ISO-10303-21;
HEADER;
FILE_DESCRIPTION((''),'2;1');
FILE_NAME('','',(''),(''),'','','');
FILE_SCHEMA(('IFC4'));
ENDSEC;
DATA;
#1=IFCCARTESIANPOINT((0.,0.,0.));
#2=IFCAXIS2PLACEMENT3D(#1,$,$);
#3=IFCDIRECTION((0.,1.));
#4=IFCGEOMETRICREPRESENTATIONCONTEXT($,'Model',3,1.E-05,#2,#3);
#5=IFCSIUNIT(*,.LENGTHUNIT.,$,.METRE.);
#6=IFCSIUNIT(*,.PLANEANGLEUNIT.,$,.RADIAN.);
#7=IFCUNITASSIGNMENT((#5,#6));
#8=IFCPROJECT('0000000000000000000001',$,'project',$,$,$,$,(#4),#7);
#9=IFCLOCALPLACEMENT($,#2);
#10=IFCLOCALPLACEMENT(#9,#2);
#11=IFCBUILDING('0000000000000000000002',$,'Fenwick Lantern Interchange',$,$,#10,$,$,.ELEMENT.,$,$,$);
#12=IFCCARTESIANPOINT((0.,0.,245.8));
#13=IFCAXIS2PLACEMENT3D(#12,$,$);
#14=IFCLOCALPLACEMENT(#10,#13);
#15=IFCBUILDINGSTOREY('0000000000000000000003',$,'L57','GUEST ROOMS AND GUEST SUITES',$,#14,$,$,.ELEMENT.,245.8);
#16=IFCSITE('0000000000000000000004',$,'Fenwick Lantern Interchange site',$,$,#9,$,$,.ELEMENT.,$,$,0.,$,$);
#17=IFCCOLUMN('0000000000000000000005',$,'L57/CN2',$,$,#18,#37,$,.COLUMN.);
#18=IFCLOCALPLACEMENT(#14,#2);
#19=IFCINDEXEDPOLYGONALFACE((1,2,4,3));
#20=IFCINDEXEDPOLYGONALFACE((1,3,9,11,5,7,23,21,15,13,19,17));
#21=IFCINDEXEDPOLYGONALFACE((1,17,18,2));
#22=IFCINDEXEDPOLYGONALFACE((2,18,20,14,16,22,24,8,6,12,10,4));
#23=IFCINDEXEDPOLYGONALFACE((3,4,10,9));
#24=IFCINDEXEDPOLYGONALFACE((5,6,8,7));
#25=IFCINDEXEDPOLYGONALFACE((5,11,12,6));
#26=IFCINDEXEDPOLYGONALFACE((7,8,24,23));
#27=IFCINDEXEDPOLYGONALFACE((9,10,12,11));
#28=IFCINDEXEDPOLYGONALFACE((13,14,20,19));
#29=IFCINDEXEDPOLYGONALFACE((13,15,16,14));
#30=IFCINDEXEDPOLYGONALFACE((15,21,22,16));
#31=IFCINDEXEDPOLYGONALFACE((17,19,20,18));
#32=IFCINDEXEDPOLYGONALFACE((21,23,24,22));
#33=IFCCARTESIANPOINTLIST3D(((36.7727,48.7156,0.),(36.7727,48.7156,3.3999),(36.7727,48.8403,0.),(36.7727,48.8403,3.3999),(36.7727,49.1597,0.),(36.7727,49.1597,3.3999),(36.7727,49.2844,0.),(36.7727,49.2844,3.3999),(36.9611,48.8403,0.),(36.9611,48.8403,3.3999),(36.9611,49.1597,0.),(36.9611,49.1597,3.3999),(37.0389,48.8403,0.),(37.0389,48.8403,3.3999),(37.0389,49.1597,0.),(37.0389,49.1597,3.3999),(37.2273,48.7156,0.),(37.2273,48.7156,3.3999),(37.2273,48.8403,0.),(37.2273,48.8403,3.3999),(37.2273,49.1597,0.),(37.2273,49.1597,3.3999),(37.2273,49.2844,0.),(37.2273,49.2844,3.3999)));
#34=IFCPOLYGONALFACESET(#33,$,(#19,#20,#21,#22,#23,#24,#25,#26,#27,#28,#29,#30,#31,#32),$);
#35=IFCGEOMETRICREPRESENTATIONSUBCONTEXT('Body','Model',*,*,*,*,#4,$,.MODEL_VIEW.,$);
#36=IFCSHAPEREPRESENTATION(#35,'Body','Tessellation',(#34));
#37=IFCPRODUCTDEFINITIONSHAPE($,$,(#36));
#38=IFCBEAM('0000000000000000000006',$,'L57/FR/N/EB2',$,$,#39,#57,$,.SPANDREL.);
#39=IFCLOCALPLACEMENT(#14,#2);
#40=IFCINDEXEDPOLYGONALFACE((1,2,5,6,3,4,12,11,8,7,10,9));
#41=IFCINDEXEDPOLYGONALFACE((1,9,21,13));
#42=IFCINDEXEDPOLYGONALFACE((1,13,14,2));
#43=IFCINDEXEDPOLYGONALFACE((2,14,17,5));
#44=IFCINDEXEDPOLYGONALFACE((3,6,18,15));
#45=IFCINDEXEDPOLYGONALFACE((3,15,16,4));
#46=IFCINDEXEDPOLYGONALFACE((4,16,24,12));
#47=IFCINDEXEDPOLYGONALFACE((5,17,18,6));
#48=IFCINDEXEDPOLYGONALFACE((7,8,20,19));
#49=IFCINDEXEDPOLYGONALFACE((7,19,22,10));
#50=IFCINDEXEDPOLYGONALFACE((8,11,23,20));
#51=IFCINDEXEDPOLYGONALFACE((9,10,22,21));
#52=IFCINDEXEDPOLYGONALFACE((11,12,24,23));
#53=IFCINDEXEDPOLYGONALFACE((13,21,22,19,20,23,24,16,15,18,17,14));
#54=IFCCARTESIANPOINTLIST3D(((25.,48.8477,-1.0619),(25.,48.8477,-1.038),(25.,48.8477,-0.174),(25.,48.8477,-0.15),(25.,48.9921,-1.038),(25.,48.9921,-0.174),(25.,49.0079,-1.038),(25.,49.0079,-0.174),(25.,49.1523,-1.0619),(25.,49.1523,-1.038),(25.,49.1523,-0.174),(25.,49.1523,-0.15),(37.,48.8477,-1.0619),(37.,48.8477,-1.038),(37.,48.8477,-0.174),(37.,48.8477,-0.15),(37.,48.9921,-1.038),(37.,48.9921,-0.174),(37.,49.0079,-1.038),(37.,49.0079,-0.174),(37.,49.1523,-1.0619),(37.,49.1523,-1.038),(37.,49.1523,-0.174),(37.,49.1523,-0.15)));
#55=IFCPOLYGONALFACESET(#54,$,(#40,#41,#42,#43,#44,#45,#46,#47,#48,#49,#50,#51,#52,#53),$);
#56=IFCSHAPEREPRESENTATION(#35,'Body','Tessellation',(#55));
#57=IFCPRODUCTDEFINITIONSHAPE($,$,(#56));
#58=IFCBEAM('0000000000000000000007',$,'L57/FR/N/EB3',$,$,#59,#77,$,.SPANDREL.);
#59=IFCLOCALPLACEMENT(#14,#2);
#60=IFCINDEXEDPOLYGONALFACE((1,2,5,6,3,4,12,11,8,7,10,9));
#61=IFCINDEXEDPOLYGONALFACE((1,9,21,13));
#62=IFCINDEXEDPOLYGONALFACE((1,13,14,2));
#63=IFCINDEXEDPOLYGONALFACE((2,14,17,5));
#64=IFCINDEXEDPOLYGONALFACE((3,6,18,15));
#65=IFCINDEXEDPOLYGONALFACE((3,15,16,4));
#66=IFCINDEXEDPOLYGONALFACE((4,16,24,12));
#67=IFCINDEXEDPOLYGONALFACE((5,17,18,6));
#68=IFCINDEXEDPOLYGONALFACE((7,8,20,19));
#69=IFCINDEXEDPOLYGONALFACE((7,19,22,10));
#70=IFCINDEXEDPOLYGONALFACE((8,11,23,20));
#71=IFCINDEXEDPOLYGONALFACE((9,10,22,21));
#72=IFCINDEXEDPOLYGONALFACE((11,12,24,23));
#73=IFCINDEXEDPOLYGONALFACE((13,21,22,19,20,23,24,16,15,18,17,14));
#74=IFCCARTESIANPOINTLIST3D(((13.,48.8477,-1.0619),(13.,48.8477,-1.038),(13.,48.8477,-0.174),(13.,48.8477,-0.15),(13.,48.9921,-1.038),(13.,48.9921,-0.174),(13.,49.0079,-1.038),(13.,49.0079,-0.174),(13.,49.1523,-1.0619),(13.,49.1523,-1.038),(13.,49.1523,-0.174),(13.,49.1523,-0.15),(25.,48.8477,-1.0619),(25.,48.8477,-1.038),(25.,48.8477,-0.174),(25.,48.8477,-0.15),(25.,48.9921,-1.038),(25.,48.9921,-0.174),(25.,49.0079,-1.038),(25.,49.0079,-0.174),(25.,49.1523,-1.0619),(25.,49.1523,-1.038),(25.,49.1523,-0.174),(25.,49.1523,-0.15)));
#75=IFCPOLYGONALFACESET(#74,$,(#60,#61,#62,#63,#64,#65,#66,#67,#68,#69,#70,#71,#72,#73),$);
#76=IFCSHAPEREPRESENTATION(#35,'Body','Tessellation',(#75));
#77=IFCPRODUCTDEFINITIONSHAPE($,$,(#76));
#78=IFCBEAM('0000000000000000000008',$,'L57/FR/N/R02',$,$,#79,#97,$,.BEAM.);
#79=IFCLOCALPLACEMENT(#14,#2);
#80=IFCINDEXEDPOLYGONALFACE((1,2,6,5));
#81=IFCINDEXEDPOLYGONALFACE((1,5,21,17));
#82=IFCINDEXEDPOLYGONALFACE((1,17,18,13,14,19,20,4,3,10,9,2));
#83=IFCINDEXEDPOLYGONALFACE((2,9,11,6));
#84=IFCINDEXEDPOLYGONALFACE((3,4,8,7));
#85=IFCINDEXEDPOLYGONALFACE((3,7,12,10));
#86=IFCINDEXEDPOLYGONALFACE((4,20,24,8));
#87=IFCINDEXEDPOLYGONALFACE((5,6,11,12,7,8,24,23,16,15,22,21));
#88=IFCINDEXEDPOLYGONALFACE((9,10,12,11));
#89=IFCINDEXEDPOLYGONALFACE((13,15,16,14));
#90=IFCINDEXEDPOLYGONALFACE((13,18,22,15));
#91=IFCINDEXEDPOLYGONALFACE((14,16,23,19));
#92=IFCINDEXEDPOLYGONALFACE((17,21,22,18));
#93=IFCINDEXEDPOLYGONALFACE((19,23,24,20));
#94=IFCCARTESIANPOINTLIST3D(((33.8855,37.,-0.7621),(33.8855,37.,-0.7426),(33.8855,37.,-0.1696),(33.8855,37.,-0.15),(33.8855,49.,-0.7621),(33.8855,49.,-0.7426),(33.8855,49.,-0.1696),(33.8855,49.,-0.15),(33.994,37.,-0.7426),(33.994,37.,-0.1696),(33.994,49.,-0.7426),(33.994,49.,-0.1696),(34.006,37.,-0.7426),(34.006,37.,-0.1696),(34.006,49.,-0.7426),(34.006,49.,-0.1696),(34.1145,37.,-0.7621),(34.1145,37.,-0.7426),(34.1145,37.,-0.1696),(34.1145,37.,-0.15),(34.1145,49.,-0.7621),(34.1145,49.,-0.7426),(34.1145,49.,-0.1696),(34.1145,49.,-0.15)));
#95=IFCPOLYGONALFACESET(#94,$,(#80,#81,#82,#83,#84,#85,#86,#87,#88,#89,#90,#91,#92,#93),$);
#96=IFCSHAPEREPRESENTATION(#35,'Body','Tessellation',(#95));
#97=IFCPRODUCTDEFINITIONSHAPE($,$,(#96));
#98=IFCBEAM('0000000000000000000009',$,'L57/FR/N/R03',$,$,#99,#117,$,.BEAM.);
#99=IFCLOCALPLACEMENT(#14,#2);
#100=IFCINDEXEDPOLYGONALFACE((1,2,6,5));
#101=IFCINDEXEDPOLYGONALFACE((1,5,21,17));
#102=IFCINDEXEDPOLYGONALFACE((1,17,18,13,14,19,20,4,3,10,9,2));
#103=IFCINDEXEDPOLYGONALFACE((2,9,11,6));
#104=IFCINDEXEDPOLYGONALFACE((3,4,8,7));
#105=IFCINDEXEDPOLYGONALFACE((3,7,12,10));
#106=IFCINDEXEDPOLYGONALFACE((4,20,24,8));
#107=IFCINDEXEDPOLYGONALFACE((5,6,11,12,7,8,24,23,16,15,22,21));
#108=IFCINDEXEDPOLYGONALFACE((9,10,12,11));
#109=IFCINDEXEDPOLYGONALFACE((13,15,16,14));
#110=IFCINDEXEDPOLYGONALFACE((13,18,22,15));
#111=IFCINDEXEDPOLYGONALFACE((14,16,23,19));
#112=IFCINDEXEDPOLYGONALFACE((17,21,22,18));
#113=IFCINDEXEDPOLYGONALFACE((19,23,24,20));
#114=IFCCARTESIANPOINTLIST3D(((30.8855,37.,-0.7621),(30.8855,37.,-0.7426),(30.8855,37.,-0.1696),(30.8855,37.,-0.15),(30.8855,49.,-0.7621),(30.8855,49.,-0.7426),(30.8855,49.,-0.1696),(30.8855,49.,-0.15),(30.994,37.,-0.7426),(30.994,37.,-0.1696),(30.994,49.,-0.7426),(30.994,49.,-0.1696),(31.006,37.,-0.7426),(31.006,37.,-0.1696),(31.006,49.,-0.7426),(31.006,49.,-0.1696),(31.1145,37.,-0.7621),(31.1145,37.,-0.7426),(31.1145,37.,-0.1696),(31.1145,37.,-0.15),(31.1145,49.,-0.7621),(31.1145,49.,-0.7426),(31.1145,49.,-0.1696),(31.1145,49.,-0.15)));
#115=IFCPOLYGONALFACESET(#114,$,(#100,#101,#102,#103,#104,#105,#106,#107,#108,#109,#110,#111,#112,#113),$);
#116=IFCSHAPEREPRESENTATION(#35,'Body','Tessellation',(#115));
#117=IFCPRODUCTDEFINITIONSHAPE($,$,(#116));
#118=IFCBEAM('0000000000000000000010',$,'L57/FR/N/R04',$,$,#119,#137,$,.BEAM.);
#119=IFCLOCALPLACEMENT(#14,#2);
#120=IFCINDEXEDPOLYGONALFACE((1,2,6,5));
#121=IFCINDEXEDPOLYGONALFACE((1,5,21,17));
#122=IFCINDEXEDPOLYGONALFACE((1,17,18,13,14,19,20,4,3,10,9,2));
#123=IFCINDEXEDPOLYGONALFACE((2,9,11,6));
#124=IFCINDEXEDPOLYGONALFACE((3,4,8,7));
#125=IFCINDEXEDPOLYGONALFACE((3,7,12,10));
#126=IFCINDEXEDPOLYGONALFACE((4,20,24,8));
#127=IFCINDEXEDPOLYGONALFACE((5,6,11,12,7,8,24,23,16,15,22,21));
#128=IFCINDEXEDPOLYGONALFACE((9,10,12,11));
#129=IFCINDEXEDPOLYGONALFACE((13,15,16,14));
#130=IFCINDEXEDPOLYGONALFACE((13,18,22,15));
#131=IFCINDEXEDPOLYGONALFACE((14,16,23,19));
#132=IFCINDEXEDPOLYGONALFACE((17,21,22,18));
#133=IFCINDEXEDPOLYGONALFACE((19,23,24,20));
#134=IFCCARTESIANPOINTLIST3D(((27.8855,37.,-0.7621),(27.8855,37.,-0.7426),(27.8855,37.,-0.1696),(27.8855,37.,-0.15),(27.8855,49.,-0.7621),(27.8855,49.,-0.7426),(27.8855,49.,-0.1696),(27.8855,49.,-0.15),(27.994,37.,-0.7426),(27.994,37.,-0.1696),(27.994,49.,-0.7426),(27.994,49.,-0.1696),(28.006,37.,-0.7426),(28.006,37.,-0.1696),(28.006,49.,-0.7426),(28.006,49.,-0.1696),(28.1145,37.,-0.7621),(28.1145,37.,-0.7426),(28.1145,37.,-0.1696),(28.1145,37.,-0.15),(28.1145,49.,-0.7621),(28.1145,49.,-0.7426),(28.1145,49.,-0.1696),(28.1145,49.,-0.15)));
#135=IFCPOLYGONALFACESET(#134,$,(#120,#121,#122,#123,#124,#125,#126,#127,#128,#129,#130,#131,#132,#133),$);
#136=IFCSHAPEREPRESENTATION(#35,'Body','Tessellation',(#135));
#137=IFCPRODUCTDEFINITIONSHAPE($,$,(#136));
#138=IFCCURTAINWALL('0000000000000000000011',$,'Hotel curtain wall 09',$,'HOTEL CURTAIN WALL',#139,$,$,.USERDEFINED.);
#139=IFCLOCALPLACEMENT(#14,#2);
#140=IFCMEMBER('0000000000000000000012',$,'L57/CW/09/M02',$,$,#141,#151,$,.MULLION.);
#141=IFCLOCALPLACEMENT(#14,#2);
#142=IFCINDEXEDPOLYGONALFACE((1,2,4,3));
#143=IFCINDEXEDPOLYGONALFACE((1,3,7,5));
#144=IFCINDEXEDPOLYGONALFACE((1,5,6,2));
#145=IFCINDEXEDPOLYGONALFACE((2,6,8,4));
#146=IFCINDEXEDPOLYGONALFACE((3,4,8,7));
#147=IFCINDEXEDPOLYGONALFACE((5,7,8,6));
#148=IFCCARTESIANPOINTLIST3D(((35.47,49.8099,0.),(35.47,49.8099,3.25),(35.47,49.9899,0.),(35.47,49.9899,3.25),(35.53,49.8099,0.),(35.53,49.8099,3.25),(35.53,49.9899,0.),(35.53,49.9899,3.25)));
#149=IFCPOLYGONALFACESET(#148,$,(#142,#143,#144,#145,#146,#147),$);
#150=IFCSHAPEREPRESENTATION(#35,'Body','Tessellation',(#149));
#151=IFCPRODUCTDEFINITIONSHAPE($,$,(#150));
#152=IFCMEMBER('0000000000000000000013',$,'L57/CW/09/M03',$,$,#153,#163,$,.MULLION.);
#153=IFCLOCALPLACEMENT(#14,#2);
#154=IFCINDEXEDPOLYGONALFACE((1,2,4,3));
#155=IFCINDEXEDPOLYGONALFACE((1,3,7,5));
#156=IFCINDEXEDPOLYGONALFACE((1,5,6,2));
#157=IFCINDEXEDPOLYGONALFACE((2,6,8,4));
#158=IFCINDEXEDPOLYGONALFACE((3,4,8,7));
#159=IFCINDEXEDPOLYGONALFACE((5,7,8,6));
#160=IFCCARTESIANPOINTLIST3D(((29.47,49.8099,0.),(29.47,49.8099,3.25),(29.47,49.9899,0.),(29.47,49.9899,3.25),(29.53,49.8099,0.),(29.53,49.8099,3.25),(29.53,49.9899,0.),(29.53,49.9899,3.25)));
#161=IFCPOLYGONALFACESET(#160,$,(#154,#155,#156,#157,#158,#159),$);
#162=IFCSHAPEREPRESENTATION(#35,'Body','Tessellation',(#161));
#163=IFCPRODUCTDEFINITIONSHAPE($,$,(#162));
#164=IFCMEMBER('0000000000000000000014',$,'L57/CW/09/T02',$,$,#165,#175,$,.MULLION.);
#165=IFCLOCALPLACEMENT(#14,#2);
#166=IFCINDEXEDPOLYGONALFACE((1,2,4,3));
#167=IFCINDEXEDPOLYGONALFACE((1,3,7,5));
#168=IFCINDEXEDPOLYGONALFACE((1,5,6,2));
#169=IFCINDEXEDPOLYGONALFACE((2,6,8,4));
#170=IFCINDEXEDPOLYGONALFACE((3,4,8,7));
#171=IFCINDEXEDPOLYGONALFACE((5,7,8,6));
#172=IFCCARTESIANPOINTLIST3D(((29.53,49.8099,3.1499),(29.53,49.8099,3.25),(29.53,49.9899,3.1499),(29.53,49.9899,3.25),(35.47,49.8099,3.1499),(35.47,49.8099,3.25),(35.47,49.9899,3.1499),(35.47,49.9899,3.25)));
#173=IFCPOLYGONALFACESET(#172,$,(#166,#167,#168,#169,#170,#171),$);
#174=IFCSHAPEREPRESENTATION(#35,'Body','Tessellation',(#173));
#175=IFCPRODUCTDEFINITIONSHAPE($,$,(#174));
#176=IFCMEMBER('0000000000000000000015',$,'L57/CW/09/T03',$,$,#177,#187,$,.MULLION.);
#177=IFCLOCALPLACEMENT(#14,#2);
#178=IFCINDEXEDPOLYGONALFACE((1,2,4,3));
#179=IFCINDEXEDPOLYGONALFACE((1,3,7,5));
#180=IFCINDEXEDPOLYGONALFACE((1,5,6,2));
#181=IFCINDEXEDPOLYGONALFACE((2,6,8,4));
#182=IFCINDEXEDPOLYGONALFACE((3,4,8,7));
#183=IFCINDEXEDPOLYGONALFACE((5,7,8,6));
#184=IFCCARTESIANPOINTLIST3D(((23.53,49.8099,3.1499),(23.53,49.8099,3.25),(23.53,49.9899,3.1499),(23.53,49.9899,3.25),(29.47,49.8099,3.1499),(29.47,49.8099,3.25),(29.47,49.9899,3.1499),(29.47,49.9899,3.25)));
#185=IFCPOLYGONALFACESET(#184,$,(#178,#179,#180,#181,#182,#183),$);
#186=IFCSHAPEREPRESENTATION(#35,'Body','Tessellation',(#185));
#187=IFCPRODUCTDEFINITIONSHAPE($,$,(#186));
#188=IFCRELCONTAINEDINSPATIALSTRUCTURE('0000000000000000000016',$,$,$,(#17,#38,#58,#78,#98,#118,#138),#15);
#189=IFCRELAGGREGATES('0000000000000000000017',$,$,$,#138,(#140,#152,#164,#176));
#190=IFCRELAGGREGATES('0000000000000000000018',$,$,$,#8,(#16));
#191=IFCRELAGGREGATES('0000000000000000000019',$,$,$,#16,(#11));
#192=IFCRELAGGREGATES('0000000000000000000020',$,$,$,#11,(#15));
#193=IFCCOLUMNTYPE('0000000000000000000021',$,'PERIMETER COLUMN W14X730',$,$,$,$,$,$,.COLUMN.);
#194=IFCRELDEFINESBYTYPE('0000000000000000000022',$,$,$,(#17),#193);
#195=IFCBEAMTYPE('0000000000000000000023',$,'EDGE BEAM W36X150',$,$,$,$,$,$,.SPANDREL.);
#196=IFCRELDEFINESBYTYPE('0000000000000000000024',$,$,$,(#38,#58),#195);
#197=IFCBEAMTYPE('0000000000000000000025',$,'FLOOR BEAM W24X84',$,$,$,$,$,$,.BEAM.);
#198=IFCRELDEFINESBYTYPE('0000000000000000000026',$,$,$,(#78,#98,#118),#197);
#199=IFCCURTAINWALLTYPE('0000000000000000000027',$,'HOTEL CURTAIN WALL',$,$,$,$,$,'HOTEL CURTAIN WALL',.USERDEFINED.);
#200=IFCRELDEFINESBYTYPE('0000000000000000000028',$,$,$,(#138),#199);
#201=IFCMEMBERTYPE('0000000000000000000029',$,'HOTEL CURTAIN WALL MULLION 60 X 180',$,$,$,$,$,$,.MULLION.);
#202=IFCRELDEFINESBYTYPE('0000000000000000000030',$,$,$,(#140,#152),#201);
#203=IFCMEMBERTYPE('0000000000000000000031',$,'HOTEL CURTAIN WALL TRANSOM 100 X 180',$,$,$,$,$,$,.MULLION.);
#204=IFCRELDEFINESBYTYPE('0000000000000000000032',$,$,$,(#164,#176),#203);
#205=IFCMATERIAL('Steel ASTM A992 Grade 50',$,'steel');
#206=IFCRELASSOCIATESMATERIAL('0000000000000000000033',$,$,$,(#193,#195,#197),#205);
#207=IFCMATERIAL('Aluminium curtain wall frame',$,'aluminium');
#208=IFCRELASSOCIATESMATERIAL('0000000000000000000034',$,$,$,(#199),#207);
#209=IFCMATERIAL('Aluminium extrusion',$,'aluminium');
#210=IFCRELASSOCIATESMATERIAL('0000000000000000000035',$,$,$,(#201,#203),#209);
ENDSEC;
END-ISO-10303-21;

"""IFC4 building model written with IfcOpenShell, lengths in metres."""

from ifc_helpers import new_model, si_unit, direction, frame, origin, origin_2d, place, context, subcontext, project, spatial, rectangle, i_section, extrude, material, material_profile, profile_set, type_object, element, aggregate, save


model = new_model("IFC4")

# Units and contexts
model_context = context("Model", 3, precision=1e-05, world=origin(), true_north=direction((0.0, 1.0)))
body_context = subcontext(model_context, "Body", "Model", "MODEL_VIEW")
ifc_project = project(units=[si_unit("LENGTHUNIT", "METRE"), si_unit("PLANEANGLEUNIT", "RADIAN")], contexts=[model_context])

# Site, building, storey
site_placement = place(None, origin())
site = spatial("IfcSite", under=ifc_project, at=site_placement, Name="Fenwick Lantern Interchange site", CompositionType="ELEMENT", RefElevation=0.0)
building_placement = place(site_placement, origin())
building = spatial("IfcBuilding", under=site, at=building_placement, Name="Fenwick Lantern Interchange", CompositionType="ELEMENT")
storey_placement = place(building_placement, frame((0.0, 0.0, 245.8)))
storey = spatial("IfcBuildingStorey", under=building, at=storey_placement, Name="L57", Description="GUEST ROOMS AND GUEST SUITES", CompositionType="ELEMENT", Elevation=245.8)

# Column
ifc_material_1 = material(Name="Steel ASTM A992 Grade 50", Category="steel")
ifc_material_profile_1 = material_profile(ifc_material_1, i_section(OverallWidth=0.4546, OverallDepth=0.5688, WebThickness=0.0779, FlangeThickness=0.1248, at=origin_2d()), Name="W14X730")
ifc_profile_set_1 = profile_set([ifc_material_profile_1], Name="Steel ASTM A992 Grade 50")
column_type = type_object("IfcColumnType", Name="PERIMETER COLUMN W14X730", PredefinedType="COLUMN", material=ifc_profile_set_1)
column_placement = place(storey_placement, frame((37.0, 49.0, 0.0), z_axis=(0.0, 0.0, 1.0), x_axis=(1.0, 0.0, 0.0)))
element("IfcColumn", 1, at=column_placement, inside=storey, type_object=column_type, Name="L57/CN2", PredefinedType="COLUMN", context=body_context, shape_type="SweptSolid", body=[
    extrude(i_section(OverallWidth=0.4546, OverallDepth=0.5688, WebThickness=0.0779, FlangeThickness=0.1248, at=origin_2d()), origin(), (0.0, 0.0, 1.0), 3.3999),
])

# Beams
ifc_material_profile_2 = material_profile(ifc_material_1, i_section(OverallWidth=0.3047, OverallDepth=0.9119, WebThickness=0.0159, FlangeThickness=0.0239, at=origin_2d()), Name="W36X150")
ifc_profile_set_2 = profile_set([ifc_material_profile_2], Name="Steel ASTM A992 Grade 50")
beam_type_1 = type_object("IfcBeamType", Name="EDGE BEAM W36X150", PredefinedType="SPANDREL", material=ifc_profile_set_2)
for number, where, z_axis, x_axis, name in (
    (2, (37.0, 49.0, -0.606), (-1.0, 0.0, 0.0), (0.0, -1.0, 0.0), "L57/FR/N/EB2"),
    (3, (25.0, 49.0, -0.606), (-1.0, 0.0, 0.0), (0.0, -1.0, 0.0), "L57/FR/N/EB3"),
):
    element("IfcBeam", number, at=place(storey_placement, frame(where, z_axis=z_axis, x_axis=x_axis)), inside=storey, type_object=beam_type_1, Name=name, PredefinedType="SPANDREL", context=body_context, shape_type="SweptSolid", body=[
        extrude(i_section(OverallWidth=0.3047, OverallDepth=0.9119, WebThickness=0.0159, FlangeThickness=0.0239, at=origin_2d()), origin(), (0.0, 0.0, 1.0), 12.0),
    ])
ifc_material_profile_3 = material_profile(ifc_material_1, i_section(OverallWidth=0.229, OverallDepth=0.6121, WebThickness=0.012, FlangeThickness=0.0195, at=origin_2d()), Name="W24X84")
ifc_profile_set_3 = profile_set([ifc_material_profile_3], Name="Steel ASTM A992 Grade 50")
beam_type_2 = type_object("IfcBeamType", Name="FLOOR BEAM W24X84", PredefinedType="BEAM", material=ifc_profile_set_3)
for number, where, z_axis, x_axis, name in (
    (4, (34.0, 49.0, -0.4561), (0.0, -1.0, 0.0), (1.0, 0.0, 0.0), "L57/FR/N/R02"),
    (5, (31.0, 49.0, -0.4561), (0.0, -1.0, 0.0), (1.0, 0.0, 0.0), "L57/FR/N/R03"),
    (6, (28.0, 49.0, -0.4561), (0.0, -1.0, 0.0), (1.0, 0.0, 0.0), "L57/FR/N/R04"),
):
    element("IfcBeam", number, at=place(storey_placement, frame(where, z_axis=z_axis, x_axis=x_axis)), inside=storey, type_object=beam_type_2, Name=name, PredefinedType="BEAM", context=body_context, shape_type="SweptSolid", body=[
        extrude(i_section(OverallWidth=0.229, OverallDepth=0.6121, WebThickness=0.012, FlangeThickness=0.0195, at=origin_2d()), origin(), (0.0, 0.0, 1.0), 12.0),
    ])

# Curtain wall, members
ifc_material_2 = material(Name="Aluminium curtain wall frame", Category="aluminium")
curtain_wall_type = type_object("IfcCurtainWallType", Name="HOTEL CURTAIN WALL", ElementType="HOTEL CURTAIN WALL", PredefinedType="USERDEFINED", material=ifc_material_2)
curtain_wall_placement = place(storey_placement, origin())
curtain_wall = element("IfcCurtainWall", 7, at=curtain_wall_placement, inside=storey, type_object=curtain_wall_type, Name="Hotel curtain wall 09", ObjectType="HOTEL CURTAIN WALL", PredefinedType="USERDEFINED")
ifc_material_3 = material(Name="Aluminium extrusion", Category="aluminium")
ifc_material_profile_4 = material_profile(ifc_material_3, rectangle(XDim=0.1799, YDim=0.0601, at=origin_2d()), Name="HOTEL CURTAIN WALL MULLION 60 X 180")
ifc_profile_set_4 = profile_set([ifc_material_profile_4], Name="Aluminium extrusion")
member_type_1 = type_object("IfcMemberType", Name="HOTEL CURTAIN WALL MULLION 60 X 180", PredefinedType="MULLION", material=ifc_profile_set_4)
member_1_placement = place(storey_placement, frame((35.5, 49.8999, 0.0), z_axis=(0.0, 0.0, 1.0), x_axis=(0.0, -1.0, 0.0)))
member_1 = element("IfcMember", 8, at=member_1_placement, type_object=member_type_1, Name="L57/CW/09/M02", PredefinedType="MULLION", context=body_context, shape_type="SweptSolid", body=[
    extrude(rectangle(XDim=0.1799, YDim=0.0601, at=origin_2d()), origin(), (0.0, 0.0, 1.0), 3.25),
])
member_2_placement = place(storey_placement, frame((29.5, 49.8999, 0.0), z_axis=(0.0, 0.0, 1.0), x_axis=(0.0, -1.0, 0.0)))
member_2 = element("IfcMember", 9, at=member_2_placement, type_object=member_type_1, Name="L57/CW/09/M03", PredefinedType="MULLION", context=body_context, shape_type="SweptSolid", body=[
    extrude(rectangle(XDim=0.1799, YDim=0.0601, at=origin_2d()), origin(), (0.0, 0.0, 1.0), 3.25),
])
ifc_material_profile_5 = material_profile(ifc_material_3, rectangle(XDim=0.1799, YDim=0.1001, at=origin_2d()), Name="HOTEL CURTAIN WALL TRANSOM 100 X 180")
ifc_profile_set_5 = profile_set([ifc_material_profile_5], Name="Aluminium extrusion")
member_type_2 = type_object("IfcMemberType", Name="HOTEL CURTAIN WALL TRANSOM 100 X 180", PredefinedType="MULLION", material=ifc_profile_set_5)
member_3_placement = place(storey_placement, frame((35.47, 49.8999, 3.2), z_axis=(-1.0, 0.0, 0.0), x_axis=(0.0, -1.0, 0.0)))
member_3 = element("IfcMember", 10, at=member_3_placement, type_object=member_type_2, Name="L57/CW/09/T02", PredefinedType="MULLION", context=body_context, shape_type="SweptSolid", body=[
    extrude(rectangle(XDim=0.1799, YDim=0.1001, at=origin_2d()), origin(), (0.0, 0.0, 1.0), 5.9399),
])
member_4_placement = place(storey_placement, frame((29.47, 49.8999, 3.2), z_axis=(-1.0, 0.0, 0.0), x_axis=(0.0, -1.0, 0.0)))
member_4 = element("IfcMember", 11, at=member_4_placement, type_object=member_type_2, Name="L57/CW/09/T03", PredefinedType="MULLION", context=body_context, shape_type="SweptSolid", body=[
    extrude(rectangle(XDim=0.1799, YDim=0.1001, at=origin_2d()), origin(), (0.0, 0.0, 1.0), 5.9399),
])
aggregate(curtain_wall, [member_1, member_2, member_3, member_4])

save(model, "model.ifc")
